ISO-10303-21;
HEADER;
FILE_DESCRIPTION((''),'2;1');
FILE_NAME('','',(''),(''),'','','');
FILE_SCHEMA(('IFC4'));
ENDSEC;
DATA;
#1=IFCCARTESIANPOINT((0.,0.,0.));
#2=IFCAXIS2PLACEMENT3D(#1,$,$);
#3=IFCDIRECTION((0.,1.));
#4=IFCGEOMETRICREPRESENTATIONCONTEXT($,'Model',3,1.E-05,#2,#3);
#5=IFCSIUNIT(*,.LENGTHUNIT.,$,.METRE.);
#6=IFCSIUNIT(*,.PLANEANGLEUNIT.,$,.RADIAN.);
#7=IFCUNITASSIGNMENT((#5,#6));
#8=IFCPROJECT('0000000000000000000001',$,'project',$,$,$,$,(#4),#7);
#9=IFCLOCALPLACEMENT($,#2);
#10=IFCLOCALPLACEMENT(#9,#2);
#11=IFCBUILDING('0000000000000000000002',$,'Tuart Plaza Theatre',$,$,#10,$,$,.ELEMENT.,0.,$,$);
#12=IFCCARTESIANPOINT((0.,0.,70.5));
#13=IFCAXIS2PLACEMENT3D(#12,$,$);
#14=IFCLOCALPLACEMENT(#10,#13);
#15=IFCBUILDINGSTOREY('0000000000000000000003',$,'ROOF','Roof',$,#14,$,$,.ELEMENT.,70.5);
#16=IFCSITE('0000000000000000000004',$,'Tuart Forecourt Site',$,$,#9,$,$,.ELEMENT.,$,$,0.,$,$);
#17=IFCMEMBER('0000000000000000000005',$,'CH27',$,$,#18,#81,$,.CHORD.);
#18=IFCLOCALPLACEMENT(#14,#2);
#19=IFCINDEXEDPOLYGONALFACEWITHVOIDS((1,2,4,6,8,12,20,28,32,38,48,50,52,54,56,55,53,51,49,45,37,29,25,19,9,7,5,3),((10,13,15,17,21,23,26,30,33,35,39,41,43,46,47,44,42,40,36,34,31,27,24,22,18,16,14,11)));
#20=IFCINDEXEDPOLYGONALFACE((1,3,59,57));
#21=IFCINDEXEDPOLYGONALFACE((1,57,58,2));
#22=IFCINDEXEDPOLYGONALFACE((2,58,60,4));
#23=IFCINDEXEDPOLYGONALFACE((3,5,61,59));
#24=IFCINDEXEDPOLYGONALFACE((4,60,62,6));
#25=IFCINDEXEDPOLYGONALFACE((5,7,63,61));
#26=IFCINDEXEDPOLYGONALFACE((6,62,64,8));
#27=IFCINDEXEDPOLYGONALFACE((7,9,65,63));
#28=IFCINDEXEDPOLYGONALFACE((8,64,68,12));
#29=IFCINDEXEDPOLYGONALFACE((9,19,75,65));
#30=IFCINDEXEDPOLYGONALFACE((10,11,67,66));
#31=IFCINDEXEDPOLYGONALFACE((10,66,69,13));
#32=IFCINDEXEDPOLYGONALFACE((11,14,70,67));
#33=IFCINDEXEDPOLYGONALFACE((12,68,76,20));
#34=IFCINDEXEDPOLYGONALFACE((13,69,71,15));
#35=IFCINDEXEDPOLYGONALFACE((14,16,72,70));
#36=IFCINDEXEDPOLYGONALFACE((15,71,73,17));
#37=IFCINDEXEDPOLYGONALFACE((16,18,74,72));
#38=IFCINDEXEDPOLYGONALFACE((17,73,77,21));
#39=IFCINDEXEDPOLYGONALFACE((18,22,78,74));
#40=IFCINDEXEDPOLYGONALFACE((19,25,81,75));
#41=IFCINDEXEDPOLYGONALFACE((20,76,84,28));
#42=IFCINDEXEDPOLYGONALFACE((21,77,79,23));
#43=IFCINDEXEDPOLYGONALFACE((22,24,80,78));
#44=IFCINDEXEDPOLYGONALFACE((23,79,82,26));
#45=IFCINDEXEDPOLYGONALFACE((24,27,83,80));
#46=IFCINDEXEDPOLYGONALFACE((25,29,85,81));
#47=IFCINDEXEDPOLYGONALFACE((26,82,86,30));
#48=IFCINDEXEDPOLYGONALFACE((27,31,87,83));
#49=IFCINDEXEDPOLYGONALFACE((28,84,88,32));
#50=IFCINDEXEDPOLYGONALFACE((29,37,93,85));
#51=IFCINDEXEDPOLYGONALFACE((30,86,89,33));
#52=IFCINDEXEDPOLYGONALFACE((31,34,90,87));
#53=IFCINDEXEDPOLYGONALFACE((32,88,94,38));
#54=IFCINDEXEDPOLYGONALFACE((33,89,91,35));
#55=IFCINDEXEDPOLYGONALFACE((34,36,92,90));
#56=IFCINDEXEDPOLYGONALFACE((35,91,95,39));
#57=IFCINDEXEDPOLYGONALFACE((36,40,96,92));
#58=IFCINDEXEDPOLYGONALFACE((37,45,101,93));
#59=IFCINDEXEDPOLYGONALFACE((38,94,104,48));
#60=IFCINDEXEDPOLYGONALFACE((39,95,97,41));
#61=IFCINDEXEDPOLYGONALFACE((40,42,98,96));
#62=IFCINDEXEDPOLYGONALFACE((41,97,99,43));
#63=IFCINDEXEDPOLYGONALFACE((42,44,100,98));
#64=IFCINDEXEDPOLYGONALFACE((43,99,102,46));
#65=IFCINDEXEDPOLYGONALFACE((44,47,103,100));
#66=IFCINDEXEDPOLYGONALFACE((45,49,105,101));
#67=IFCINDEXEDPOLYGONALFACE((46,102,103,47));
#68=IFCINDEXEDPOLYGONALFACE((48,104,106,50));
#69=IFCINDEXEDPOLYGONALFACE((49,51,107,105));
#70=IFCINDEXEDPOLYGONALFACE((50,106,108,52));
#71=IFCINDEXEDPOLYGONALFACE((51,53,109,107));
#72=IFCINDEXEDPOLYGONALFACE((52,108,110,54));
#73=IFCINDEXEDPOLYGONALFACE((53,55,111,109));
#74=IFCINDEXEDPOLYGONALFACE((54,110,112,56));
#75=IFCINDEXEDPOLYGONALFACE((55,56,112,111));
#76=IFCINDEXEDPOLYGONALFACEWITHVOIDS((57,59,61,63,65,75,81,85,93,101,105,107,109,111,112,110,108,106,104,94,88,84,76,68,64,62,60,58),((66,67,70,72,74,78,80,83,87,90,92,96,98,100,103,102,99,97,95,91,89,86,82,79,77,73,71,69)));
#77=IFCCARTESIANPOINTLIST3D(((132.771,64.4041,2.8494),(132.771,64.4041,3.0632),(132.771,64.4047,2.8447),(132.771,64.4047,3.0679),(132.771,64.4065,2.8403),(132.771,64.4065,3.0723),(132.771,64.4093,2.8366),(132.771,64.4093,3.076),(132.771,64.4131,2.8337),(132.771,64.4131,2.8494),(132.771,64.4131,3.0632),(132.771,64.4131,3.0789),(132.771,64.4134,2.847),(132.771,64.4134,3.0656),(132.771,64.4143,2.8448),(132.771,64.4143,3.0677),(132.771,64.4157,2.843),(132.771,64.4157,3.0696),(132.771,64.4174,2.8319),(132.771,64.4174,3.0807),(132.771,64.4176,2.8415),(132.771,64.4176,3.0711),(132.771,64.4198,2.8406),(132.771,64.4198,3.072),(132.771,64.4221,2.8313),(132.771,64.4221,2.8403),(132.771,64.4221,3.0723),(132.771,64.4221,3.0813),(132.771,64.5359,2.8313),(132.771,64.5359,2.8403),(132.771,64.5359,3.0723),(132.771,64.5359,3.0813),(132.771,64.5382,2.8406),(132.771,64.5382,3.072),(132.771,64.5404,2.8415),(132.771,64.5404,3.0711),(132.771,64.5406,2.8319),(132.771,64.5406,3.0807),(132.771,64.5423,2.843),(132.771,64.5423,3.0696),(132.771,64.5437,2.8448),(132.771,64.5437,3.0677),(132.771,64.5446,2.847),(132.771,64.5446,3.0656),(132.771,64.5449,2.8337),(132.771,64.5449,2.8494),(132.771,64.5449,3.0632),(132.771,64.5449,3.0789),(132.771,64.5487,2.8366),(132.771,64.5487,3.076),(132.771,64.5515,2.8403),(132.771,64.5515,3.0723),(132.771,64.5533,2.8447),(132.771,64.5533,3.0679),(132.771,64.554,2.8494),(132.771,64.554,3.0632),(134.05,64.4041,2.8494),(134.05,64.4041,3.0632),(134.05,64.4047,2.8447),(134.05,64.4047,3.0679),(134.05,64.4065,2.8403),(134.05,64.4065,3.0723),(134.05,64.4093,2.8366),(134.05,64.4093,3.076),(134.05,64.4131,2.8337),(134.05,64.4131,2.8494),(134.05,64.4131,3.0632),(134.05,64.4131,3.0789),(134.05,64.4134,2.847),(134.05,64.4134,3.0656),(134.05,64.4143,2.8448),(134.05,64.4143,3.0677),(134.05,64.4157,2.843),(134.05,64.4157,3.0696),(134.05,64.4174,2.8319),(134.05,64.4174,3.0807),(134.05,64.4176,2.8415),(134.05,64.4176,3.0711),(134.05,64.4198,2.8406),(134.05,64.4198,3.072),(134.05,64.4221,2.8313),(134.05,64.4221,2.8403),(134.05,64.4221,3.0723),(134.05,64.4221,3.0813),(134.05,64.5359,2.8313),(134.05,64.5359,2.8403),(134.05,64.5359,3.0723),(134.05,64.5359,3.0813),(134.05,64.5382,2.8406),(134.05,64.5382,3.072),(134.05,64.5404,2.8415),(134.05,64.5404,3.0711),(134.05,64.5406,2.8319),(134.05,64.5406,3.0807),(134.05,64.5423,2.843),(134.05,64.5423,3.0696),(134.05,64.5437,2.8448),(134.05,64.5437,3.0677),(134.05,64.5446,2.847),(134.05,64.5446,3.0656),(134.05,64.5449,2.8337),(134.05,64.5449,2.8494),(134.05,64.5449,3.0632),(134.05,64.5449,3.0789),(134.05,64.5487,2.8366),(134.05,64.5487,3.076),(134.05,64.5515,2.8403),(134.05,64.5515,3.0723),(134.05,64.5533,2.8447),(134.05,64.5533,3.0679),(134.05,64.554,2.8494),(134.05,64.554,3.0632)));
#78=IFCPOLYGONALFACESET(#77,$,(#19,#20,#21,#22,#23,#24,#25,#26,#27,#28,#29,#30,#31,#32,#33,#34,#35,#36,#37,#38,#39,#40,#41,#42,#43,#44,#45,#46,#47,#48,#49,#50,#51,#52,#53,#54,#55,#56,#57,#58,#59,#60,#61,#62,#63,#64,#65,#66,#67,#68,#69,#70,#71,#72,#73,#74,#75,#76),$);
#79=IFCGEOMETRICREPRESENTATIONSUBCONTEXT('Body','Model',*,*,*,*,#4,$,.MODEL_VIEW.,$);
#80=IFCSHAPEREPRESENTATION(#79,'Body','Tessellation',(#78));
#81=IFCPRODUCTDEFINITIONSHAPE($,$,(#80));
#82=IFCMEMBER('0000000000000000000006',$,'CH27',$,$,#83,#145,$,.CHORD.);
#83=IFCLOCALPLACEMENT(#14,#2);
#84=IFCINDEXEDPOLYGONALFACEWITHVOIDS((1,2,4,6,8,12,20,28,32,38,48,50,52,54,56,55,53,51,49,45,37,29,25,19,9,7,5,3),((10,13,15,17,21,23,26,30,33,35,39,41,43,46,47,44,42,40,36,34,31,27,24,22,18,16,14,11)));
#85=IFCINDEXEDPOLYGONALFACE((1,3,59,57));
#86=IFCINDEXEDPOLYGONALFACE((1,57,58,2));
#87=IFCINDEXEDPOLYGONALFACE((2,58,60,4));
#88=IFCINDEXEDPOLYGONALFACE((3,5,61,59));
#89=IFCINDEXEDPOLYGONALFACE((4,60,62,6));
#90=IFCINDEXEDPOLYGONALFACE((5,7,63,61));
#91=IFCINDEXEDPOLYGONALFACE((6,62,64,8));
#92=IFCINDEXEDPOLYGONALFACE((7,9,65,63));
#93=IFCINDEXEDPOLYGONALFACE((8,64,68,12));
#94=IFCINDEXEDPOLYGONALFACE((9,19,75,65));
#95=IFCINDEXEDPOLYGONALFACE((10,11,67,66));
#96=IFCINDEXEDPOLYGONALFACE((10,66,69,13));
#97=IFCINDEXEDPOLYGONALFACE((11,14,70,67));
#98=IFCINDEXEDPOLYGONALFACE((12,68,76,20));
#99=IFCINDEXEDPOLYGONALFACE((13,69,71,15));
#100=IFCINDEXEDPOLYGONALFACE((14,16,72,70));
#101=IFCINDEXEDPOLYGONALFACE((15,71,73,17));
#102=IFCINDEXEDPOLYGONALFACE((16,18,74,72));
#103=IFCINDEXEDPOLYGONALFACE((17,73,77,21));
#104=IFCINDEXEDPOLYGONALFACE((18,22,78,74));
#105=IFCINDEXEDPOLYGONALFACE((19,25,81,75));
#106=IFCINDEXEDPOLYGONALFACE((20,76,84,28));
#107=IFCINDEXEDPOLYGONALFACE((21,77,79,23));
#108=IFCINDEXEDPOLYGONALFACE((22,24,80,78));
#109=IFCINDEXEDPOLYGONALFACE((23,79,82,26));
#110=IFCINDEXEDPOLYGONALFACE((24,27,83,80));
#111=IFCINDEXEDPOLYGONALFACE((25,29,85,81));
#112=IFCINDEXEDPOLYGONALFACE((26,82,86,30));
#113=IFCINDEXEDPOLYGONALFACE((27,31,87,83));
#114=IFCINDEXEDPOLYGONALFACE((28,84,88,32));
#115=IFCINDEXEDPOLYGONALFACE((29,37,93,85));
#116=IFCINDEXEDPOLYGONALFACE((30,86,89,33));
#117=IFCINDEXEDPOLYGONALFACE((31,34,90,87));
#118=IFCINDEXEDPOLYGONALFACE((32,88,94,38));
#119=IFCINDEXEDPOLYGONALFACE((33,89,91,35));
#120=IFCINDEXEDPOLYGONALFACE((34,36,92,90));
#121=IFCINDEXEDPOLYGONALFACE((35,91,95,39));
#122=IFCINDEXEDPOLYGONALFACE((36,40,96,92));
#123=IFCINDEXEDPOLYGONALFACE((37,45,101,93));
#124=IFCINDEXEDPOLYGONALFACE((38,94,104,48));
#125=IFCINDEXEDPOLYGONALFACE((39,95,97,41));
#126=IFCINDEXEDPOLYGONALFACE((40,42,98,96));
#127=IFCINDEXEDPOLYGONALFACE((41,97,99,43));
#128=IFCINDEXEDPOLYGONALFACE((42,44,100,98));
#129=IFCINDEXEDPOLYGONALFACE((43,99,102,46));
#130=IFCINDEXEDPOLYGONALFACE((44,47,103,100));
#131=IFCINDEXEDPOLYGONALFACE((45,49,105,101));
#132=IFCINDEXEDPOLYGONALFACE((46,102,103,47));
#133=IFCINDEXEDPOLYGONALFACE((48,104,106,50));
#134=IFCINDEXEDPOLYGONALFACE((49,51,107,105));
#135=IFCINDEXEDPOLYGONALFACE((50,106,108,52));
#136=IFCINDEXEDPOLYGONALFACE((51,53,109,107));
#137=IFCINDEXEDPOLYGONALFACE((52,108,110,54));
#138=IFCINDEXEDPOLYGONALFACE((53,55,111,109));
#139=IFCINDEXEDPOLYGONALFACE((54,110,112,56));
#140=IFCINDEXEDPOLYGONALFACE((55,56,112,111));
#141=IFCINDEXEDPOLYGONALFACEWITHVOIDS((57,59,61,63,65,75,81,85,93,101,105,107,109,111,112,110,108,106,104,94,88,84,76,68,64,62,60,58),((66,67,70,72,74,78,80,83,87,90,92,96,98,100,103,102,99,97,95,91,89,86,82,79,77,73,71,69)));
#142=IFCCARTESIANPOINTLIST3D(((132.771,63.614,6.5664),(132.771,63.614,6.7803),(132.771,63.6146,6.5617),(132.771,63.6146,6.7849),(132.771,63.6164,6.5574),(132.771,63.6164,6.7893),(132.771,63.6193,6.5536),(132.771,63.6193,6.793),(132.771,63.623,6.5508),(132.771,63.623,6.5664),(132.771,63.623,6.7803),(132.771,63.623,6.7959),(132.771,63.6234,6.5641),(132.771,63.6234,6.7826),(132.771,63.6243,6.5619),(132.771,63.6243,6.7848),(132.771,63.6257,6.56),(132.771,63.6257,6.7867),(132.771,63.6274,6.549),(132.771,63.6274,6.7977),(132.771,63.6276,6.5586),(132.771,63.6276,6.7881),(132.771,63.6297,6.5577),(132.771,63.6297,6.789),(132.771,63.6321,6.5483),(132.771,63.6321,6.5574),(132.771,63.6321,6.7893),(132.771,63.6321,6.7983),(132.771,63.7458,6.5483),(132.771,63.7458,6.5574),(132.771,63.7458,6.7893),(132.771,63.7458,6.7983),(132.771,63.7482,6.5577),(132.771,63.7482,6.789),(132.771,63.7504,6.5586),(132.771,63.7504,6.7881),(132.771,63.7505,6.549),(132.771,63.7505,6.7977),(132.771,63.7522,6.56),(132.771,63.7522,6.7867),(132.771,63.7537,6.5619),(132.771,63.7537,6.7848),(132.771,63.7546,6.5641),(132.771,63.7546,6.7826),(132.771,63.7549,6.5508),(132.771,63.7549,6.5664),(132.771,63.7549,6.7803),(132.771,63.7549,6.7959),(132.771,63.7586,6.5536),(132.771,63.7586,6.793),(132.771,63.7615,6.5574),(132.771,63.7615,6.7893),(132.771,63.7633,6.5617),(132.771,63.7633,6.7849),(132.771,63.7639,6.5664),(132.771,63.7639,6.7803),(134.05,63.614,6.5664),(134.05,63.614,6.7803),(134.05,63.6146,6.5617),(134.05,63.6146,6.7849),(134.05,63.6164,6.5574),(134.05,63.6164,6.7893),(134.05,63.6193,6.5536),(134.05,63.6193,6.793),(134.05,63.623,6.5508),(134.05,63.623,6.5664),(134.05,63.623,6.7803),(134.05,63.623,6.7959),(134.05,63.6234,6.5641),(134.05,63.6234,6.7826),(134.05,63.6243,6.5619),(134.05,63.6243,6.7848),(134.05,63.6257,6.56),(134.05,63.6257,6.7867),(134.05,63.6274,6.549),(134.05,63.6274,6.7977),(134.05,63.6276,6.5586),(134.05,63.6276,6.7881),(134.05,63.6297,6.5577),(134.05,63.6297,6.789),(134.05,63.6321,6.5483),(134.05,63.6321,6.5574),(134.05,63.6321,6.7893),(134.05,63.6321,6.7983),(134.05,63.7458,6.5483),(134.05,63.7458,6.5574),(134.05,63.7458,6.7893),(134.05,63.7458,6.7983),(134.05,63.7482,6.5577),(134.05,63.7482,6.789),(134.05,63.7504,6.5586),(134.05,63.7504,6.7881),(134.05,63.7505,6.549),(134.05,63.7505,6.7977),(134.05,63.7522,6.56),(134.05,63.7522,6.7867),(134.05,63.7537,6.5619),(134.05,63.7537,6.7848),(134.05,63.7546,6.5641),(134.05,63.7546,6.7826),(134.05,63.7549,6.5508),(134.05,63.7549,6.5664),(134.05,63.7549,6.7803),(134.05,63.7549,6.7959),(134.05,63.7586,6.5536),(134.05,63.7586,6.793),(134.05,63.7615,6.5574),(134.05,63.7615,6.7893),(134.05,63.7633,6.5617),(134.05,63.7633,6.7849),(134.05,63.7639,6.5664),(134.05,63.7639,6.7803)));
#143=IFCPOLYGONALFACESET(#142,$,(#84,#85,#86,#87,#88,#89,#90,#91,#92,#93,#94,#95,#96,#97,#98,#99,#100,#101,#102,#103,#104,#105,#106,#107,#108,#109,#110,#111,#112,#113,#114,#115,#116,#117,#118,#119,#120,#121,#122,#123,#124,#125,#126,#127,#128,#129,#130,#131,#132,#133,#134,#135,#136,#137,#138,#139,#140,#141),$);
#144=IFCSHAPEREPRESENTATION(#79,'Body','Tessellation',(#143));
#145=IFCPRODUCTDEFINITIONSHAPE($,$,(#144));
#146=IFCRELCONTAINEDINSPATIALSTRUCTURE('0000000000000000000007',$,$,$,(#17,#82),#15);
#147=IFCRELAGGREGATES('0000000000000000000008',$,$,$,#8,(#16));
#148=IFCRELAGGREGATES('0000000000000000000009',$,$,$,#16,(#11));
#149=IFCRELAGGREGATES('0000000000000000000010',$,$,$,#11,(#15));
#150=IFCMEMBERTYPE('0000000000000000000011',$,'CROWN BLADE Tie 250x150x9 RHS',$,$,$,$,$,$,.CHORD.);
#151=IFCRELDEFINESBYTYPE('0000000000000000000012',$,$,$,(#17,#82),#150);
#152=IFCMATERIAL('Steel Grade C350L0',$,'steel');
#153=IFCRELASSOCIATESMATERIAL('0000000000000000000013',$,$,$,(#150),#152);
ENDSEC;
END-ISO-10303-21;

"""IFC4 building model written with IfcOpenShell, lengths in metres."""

from ifc_helpers import new_model, si_unit, direction, frame, origin, origin_2d, place, context, subcontext, project, spatial, hollow_rectangle, extrude, material, material_profile, profile_set, type_object, element, save


model = new_model("IFC4")

# Units and contexts
model_context = context("Model", 3, precision=1e-05, world=origin(), true_north=direction((0.0, 1.0)))
body_context = subcontext(model_context, "Body", "Model", "MODEL_VIEW")
ifc_project = project(units=[si_unit("LENGTHUNIT", "METRE"), si_unit("PLANEANGLEUNIT", "RADIAN")], contexts=[model_context])

# Site, building, storey
site_placement = place(None, origin())
site = spatial("IfcSite", under=ifc_project, at=site_placement, Name="Tuart Forecourt Site", CompositionType="ELEMENT", RefElevation=0.0)
building_placement = place(site_placement, origin())
building = spatial("IfcBuilding", under=site, at=building_placement, Name="Tuart Plaza Theatre", CompositionType="ELEMENT", ElevationOfRefHeight=0.0)
storey_placement = place(building_placement, frame((0.0, 0.0, 70.5)))
storey = spatial("IfcBuildingStorey", under=building, at=storey_placement, Name="ROOF", Description="Roof", CompositionType="ELEMENT", Elevation=70.5)

# Members
ifc_material_1 = material(Name="Steel Grade C350L0", Category="steel")
ifc_material_profile_1 = material_profile(ifc_material_1, hollow_rectangle(XDim=0.1499, YDim=0.25, WallThickness=0.009, InnerFilletRadius=0.009, OuterFilletRadius=0.0181, at=origin_2d()), Name="250x150x9 RHS")
ifc_profile_set_1 = profile_set([ifc_material_profile_1], Name="Steel Grade C350L0")
member_type_1 = type_object("IfcMemberType", Name="CROWN BLADE Tie 250x150x9 RHS", PredefinedType="CHORD", material=ifc_profile_set_1)
for number, where, z_axis, x_axis, name in (
    (1, (132.771, 64.479, 2.9563), (1.0, 0.0, 0.0), (0.0, 1.0, 0.0), "CH27"),
    (2, (132.771, 63.689, 6.6733), (1.0, 0.0, 0.0), (0.0, 1.0, 0.0), "CH27"),
):
    element("IfcMember", number, at=place(storey_placement, frame(where, z_axis=z_axis, x_axis=x_axis)), inside=storey, type_object=member_type_1, Name=name, PredefinedType="CHORD", context=body_context, shape_type="SweptSolid", body=[
        extrude(hollow_rectangle(XDim=0.1499, YDim=0.25, WallThickness=0.009, InnerFilletRadius=0.009, OuterFilletRadius=0.0181, at=origin_2d()), origin(), (0.0, 0.0, 1.0), 1.2791),
    ])

save(model, "model.ifc")
